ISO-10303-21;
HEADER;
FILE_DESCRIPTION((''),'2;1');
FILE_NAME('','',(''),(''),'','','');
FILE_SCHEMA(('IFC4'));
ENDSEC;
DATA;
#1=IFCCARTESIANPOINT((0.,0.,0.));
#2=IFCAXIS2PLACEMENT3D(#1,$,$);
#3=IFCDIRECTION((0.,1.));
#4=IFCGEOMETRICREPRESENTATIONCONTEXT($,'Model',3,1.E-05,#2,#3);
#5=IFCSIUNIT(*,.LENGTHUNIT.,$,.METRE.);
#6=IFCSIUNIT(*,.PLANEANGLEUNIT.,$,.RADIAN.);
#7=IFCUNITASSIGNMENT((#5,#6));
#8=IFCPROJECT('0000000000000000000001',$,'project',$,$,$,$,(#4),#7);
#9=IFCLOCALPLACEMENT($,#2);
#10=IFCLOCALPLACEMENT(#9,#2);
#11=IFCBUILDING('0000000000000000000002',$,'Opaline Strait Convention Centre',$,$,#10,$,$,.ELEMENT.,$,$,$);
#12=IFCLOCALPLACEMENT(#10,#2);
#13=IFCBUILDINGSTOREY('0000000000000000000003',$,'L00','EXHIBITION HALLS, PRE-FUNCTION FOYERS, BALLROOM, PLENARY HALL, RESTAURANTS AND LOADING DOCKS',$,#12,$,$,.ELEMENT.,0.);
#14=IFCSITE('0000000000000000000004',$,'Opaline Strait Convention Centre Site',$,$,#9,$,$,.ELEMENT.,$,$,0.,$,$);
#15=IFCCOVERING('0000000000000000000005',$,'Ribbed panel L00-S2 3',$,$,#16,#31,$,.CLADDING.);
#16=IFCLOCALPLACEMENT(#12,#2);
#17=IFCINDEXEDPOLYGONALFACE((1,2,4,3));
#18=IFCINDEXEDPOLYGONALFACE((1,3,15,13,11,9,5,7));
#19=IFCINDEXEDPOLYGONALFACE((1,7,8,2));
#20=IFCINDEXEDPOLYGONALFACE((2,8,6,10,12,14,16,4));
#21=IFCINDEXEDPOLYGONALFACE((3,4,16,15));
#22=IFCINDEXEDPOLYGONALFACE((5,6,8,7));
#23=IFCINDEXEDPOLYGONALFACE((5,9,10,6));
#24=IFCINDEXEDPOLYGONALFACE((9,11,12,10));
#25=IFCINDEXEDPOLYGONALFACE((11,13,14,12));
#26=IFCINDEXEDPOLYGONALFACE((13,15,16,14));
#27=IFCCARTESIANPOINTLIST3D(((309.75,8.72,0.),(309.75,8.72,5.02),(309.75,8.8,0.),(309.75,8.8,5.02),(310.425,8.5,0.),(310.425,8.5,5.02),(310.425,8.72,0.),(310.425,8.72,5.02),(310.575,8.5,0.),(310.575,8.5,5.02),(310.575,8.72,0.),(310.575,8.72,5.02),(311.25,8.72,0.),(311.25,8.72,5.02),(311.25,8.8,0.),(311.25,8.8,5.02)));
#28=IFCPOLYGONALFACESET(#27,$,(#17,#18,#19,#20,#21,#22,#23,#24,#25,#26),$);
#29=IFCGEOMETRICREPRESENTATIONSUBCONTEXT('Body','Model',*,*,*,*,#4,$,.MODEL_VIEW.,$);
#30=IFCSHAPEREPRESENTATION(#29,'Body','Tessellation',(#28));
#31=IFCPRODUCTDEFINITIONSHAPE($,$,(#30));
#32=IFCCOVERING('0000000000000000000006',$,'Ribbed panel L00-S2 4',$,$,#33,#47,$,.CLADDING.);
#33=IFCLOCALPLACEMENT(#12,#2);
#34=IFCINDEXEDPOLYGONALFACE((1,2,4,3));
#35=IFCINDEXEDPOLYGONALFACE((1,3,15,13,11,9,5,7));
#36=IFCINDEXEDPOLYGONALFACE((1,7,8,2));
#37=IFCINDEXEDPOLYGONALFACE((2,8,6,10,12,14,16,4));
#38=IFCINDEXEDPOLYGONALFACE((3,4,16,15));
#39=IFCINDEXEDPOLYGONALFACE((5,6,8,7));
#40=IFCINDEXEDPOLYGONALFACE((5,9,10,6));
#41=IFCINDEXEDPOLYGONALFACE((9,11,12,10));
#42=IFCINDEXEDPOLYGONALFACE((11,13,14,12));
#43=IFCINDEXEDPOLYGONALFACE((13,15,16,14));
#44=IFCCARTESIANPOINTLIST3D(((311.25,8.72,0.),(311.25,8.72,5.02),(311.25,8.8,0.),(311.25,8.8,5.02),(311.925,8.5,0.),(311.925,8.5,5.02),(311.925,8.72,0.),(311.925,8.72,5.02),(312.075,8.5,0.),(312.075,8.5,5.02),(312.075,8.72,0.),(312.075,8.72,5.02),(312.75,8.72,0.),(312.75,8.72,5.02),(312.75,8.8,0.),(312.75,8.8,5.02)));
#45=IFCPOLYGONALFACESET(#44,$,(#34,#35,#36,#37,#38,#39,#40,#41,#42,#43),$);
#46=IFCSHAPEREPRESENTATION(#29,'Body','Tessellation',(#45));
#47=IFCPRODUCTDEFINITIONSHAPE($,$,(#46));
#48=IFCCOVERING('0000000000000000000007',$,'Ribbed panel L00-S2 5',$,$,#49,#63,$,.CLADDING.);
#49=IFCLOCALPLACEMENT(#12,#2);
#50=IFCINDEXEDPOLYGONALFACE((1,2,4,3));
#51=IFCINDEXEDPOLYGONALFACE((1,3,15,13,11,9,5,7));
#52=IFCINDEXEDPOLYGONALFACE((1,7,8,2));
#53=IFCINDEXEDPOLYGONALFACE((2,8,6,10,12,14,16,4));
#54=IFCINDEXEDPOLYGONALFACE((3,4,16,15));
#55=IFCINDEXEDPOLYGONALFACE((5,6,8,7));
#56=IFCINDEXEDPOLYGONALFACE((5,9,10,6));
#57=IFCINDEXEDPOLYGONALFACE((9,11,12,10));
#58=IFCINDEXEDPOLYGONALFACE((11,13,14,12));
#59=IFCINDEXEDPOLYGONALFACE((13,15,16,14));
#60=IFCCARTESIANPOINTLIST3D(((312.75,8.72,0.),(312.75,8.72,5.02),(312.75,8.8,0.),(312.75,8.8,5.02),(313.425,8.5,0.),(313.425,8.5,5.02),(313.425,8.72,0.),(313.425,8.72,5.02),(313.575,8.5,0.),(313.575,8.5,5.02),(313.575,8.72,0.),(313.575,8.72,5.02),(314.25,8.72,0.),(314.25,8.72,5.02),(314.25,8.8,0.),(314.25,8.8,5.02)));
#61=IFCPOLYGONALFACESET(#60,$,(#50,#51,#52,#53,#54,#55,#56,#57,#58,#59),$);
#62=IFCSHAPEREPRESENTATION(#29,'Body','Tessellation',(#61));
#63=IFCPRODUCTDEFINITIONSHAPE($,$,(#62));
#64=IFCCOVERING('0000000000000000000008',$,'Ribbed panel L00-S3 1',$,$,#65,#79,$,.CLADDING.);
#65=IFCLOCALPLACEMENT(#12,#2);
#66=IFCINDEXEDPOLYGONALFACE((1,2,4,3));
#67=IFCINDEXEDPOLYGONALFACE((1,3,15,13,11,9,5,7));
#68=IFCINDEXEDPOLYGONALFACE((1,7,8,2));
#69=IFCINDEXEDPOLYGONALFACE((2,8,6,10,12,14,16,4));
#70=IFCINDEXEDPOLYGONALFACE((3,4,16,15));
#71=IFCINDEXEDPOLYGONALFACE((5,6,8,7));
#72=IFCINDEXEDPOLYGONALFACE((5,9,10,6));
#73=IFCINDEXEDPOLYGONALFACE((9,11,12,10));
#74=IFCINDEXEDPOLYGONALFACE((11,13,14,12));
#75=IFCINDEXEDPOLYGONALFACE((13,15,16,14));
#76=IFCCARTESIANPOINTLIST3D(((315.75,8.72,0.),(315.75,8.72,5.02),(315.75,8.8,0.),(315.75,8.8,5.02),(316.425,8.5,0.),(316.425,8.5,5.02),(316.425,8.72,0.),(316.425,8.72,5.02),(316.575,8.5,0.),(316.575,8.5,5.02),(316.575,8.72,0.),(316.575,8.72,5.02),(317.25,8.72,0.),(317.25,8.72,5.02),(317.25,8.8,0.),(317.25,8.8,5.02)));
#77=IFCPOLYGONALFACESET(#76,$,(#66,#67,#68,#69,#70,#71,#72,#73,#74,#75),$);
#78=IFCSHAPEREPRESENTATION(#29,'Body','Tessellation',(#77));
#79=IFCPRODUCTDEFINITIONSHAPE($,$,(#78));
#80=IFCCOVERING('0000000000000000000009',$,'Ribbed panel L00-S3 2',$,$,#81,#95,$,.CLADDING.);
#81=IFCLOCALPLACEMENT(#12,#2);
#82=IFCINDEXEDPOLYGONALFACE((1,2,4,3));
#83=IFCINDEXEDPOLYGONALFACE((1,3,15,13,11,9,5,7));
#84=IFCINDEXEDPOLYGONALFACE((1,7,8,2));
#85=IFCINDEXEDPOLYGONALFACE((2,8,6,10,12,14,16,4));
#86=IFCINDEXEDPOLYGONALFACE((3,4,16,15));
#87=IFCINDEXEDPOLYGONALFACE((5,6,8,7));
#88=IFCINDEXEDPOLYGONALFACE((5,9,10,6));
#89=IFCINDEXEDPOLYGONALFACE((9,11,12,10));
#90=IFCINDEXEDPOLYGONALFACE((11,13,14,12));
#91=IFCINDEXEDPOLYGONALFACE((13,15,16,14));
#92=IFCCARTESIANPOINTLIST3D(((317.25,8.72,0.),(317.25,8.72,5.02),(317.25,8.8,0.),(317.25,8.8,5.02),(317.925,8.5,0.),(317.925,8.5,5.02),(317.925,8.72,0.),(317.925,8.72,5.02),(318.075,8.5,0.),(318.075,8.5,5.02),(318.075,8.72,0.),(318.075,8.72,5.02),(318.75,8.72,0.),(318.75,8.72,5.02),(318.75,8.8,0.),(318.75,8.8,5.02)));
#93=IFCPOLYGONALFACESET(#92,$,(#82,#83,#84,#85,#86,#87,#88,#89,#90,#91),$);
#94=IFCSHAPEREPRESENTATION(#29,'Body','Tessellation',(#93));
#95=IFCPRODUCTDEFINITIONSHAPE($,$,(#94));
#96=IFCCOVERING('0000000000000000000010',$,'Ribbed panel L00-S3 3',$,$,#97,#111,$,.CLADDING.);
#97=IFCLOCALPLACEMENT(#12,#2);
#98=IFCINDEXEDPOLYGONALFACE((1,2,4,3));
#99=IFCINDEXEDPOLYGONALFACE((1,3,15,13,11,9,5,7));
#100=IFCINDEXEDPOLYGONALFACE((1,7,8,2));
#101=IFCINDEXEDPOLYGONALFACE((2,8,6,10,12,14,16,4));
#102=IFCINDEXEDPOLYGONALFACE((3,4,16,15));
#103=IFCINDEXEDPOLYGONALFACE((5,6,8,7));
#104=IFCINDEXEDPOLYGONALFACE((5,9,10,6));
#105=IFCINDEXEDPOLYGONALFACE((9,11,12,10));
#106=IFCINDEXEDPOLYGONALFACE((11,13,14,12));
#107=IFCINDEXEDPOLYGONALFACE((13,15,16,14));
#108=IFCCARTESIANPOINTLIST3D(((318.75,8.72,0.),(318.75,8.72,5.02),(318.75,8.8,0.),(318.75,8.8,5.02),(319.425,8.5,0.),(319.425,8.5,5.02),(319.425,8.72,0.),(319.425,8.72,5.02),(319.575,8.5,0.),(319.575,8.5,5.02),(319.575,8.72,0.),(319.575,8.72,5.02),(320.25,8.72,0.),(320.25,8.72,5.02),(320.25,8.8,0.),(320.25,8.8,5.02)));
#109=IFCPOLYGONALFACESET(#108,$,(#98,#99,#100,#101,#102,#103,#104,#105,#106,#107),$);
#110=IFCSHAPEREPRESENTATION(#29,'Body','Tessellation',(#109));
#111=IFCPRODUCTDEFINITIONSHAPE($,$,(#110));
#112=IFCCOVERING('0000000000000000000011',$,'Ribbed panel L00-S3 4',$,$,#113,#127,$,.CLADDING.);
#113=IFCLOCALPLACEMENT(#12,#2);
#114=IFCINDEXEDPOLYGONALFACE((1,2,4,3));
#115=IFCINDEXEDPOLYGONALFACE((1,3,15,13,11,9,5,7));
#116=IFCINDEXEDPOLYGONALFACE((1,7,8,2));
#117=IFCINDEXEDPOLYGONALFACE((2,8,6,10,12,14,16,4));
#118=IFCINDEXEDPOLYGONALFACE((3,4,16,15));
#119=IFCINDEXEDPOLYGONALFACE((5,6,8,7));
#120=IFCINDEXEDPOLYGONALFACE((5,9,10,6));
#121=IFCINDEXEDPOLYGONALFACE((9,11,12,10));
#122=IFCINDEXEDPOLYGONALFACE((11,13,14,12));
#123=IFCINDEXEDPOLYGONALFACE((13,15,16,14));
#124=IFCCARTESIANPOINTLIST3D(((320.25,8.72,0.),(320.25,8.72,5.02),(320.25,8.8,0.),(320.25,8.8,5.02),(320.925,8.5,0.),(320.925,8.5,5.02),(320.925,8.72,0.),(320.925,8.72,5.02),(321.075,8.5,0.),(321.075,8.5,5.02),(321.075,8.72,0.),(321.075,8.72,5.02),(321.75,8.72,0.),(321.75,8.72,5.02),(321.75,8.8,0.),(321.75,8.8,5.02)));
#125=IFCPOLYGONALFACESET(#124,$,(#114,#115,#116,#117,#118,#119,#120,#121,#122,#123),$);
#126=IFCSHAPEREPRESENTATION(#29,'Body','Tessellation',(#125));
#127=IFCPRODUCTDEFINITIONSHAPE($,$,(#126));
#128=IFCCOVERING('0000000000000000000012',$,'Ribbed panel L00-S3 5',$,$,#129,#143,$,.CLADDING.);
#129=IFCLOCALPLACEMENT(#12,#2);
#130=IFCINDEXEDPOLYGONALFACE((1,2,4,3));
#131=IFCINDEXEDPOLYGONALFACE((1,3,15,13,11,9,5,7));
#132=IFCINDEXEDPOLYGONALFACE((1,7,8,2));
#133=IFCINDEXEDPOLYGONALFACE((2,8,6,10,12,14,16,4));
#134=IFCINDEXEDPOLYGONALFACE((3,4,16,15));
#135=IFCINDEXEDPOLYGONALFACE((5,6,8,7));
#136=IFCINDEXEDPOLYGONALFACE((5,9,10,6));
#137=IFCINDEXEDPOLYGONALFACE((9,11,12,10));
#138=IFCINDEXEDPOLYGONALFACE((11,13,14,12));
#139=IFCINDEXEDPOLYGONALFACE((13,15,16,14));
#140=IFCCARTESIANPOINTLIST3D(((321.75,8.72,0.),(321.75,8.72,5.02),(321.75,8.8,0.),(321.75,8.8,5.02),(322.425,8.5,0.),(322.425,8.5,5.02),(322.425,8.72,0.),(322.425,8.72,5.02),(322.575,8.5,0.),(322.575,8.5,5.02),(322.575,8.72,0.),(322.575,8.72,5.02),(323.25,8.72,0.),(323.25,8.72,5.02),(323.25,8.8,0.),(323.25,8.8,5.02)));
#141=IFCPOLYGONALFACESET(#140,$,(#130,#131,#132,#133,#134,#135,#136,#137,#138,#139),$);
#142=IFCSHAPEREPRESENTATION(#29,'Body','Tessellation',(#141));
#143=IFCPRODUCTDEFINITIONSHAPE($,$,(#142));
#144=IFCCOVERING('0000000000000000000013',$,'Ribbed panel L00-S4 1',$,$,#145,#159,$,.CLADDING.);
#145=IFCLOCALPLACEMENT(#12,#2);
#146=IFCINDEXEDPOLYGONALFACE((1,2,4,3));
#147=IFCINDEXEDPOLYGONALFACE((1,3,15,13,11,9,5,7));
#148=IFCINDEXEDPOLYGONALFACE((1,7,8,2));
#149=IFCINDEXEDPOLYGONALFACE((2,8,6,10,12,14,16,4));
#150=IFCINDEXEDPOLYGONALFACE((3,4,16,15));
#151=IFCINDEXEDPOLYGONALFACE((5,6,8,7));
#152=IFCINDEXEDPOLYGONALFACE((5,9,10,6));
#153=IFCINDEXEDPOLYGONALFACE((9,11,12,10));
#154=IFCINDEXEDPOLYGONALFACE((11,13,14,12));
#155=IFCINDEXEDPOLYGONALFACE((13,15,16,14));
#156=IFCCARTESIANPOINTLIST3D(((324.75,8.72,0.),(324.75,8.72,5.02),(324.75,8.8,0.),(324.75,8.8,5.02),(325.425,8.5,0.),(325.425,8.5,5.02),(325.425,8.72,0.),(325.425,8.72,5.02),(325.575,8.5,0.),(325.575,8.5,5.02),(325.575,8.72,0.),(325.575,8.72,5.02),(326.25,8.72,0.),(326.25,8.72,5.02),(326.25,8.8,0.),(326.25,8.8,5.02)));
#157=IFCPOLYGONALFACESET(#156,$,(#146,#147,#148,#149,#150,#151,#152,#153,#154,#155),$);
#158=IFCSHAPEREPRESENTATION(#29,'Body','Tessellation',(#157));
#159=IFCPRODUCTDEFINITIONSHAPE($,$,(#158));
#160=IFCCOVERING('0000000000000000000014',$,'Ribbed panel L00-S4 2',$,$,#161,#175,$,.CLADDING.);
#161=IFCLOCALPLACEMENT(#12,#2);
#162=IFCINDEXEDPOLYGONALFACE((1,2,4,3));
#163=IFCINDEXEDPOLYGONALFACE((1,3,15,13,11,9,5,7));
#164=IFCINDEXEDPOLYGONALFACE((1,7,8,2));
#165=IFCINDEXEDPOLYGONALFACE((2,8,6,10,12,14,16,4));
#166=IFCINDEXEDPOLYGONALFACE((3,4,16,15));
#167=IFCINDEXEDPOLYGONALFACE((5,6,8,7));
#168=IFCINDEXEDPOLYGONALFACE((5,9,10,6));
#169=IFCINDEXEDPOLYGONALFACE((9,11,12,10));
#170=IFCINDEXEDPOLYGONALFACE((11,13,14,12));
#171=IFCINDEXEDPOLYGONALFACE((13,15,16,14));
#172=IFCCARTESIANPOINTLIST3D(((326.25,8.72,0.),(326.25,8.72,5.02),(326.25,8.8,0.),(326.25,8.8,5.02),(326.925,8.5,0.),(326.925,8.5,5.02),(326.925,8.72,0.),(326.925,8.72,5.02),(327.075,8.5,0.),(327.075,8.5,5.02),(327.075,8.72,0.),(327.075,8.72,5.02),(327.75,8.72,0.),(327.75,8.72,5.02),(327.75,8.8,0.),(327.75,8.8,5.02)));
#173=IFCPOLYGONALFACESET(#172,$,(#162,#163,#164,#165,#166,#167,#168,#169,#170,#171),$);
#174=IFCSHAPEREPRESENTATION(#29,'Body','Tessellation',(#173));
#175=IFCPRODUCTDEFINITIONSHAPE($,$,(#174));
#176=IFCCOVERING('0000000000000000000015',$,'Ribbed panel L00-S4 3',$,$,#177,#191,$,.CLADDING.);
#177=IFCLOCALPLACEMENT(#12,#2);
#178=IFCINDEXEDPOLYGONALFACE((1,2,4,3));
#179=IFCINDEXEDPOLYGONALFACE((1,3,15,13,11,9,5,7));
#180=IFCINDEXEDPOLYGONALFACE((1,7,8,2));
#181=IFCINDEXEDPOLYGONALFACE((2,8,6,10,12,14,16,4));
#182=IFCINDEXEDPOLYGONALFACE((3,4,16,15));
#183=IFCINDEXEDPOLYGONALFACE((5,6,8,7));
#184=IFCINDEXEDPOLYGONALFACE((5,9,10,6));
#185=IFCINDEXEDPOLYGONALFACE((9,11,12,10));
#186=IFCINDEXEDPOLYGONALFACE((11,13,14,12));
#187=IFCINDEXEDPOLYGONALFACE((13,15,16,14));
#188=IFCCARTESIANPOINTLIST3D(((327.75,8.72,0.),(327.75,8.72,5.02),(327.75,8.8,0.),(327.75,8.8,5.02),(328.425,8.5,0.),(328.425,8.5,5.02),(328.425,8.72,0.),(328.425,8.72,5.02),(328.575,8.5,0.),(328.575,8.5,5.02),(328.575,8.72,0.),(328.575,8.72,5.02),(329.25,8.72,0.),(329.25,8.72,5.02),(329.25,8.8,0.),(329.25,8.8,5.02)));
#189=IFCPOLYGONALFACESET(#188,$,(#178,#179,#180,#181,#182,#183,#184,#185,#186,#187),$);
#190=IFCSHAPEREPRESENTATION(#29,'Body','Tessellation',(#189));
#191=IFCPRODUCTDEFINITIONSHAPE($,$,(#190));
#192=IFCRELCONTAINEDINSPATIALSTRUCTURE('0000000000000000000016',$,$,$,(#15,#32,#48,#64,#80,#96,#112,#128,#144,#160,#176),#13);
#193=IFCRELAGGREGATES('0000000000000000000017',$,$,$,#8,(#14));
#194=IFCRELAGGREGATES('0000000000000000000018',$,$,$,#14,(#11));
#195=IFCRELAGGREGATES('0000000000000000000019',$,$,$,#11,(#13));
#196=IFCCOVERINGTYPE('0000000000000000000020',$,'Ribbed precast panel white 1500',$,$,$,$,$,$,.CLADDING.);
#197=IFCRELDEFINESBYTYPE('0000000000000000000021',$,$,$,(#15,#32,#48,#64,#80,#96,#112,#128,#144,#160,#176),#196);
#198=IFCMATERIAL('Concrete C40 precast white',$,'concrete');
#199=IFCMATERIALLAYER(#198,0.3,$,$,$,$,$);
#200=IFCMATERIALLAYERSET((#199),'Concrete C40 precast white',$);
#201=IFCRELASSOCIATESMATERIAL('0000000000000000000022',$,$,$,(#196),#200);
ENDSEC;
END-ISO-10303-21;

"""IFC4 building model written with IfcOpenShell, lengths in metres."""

from ifc_helpers import new_model, si_unit, direction, origin, place, context, subcontext, project, spatial, polyline, outline, extrude, material, layer, layer_set, type_object, element, save


model = new_model("IFC4")

# Units and contexts
model_context = context("Model", 3, precision=1e-05, world=origin(), true_north=direction((0.0, 1.0)))
body_context = subcontext(model_context, "Body", "Model", "MODEL_VIEW")
ifc_project = project(units=[si_unit("LENGTHUNIT", "METRE"), si_unit("PLANEANGLEUNIT", "RADIAN")], contexts=[model_context])

# Site, building, storey
site_placement = place(None, origin())
site = spatial("IfcSite", under=ifc_project, at=site_placement, Name="Opaline Strait Convention Centre Site", CompositionType="ELEMENT", RefElevation=0.0)
building_placement = place(site_placement, origin())
building = spatial("IfcBuilding", under=site, at=building_placement, Name="Opaline Strait Convention Centre", CompositionType="ELEMENT")
storey_placement = place(building_placement, origin())
storey = spatial("IfcBuildingStorey", under=building, at=storey_placement, Name="L00", Description="EXHIBITION HALLS, PRE-FUNCTION FOYERS, BALLROOM, PLENARY HALL, RESTAURANTS AND LOADING DOCKS", CompositionType="ELEMENT", Elevation=0.0)

# Coverings
ifc_material = material(Name="Concrete C40 precast white", Category="concrete")
ifc_layer = layer(ifc_material, 0.3)
ifc_layer_set = layer_set([ifc_layer], Name="Concrete C40 precast white")
covering_type = type_object("IfcCoveringType", Name="Ribbed precast panel white 1500", PredefinedType="CLADDING", material=ifc_layer_set)
covering_1_placement = place(storey_placement, origin())
element("IfcCovering", 1, at=covering_1_placement, inside=storey, type_object=covering_type, Name="Ribbed panel L00-S2 3", PredefinedType="CLADDING", context=body_context, shape_type="SweptSolid", body=[
    extrude(outline(polyline([(309.75, 8.8), (311.25, 8.8), (311.25, 8.72), (310.575, 8.72), (310.575, 8.5), (310.425, 8.5), (310.425, 8.72), (309.75, 8.72), (309.75, 8.8)])), origin(), (0.0, 0.0, 1.0), 5.02),
])
covering_2_placement = place(storey_placement, origin())
element("IfcCovering", 2, at=covering_2_placement, inside=storey, type_object=covering_type, Name="Ribbed panel L00-S2 4", PredefinedType="CLADDING", context=body_context, shape_type="SweptSolid", body=[
    extrude(outline(polyline([(311.25, 8.8), (312.75, 8.8), (312.75, 8.72), (312.075, 8.72), (312.075, 8.5), (311.925, 8.5), (311.925, 8.72), (311.25, 8.72), (311.25, 8.8)])), origin(), (0.0, 0.0, 1.0), 5.02),
])
covering_3_placement = place(storey_placement, origin())
element("IfcCovering", 3, at=covering_3_placement, inside=storey, type_object=covering_type, Name="Ribbed panel L00-S2 5", PredefinedType="CLADDING", context=body_context, shape_type="SweptSolid", body=[
    extrude(outline(polyline([(312.75, 8.8), (314.25, 8.8), (314.25, 8.72), (313.575, 8.72), (313.575, 8.5), (313.425, 8.5), (313.425, 8.72), (312.75, 8.72), (312.75, 8.8)])), origin(), (0.0, 0.0, 1.0), 5.02),
])
covering_4_placement = place(storey_placement, origin())
element("IfcCovering", 4, at=covering_4_placement, inside=storey, type_object=covering_type, Name="Ribbed panel L00-S3 1", PredefinedType="CLADDING", context=body_context, shape_type="SweptSolid", body=[
    extrude(outline(polyline([(315.75, 8.8), (317.25, 8.8), (317.25, 8.72), (316.575, 8.72), (316.575, 8.5), (316.425, 8.5), (316.425, 8.72), (315.75, 8.72), (315.75, 8.8)])), origin(), (0.0, 0.0, 1.0), 5.02),
])
covering_5_placement = place(storey_placement, origin())
element("IfcCovering", 5, at=covering_5_placement, inside=storey, type_object=covering_type, Name="Ribbed panel L00-S3 2", PredefinedType="CLADDING", context=body_context, shape_type="SweptSolid", body=[
    extrude(outline(polyline([(317.25, 8.8), (318.75, 8.8), (318.75, 8.72), (318.075, 8.72), (318.075, 8.5), (317.925, 8.5), (317.925, 8.72), (317.25, 8.72), (317.25, 8.8)])), origin(), (0.0, 0.0, 1.0), 5.02),
])
covering_6_placement = place(storey_placement, origin())
element("IfcCovering", 6, at=covering_6_placement, inside=storey, type_object=covering_type, Name="Ribbed panel L00-S3 3", PredefinedType="CLADDING", context=body_context, shape_type="SweptSolid", body=[
    extrude(outline(polyline([(318.75, 8.8), (320.25, 8.8), (320.25, 8.72), (319.575, 8.72), (319.575, 8.5), (319.425, 8.5), (319.425, 8.72), (318.75, 8.72), (318.75, 8.8)])), origin(), (0.0, 0.0, 1.0), 5.02),
])
covering_7_placement = place(storey_placement, origin())
element("IfcCovering", 7, at=covering_7_placement, inside=storey, type_object=covering_type, Name="Ribbed panel L00-S3 4", PredefinedType="CLADDING", context=body_context, shape_type="SweptSolid", body=[
    extrude(outline(polyline([(320.25, 8.8), (321.75, 8.8), (321.75, 8.72), (321.075, 8.72), (321.075, 8.5), (320.925, 8.5), (320.925, 8.72), (320.25, 8.72), (320.25, 8.8)])), origin(), (0.0, 0.0, 1.0), 5.02),
])
covering_8_placement = place(storey_placement, origin())
element("IfcCovering", 8, at=covering_8_placement, inside=storey, type_object=covering_type, Name="Ribbed panel L00-S3 5", PredefinedType="CLADDING", context=body_context, shape_type="SweptSolid", body=[
    extrude(outline(polyline([(321.75, 8.8), (323.25, 8.8), (323.25, 8.72), (322.575, 8.72), (322.575, 8.5), (322.425, 8.5), (322.425, 8.72), (321.75, 8.72), (321.75, 8.8)])), origin(), (0.0, 0.0, 1.0), 5.02),
])
covering_9_placement = place(storey_placement, origin())
element("IfcCovering", 9, at=covering_9_placement, inside=storey, type_object=covering_type, Name="Ribbed panel L00-S4 1", PredefinedType="CLADDING", context=body_context, shape_type="SweptSolid", body=[
    extrude(outline(polyline([(324.75, 8.8), (326.25, 8.8), (326.25, 8.72), (325.575, 8.72), (325.575, 8.5), (325.425, 8.5), (325.425, 8.72), (324.75, 8.72), (324.75, 8.8)])), origin(), (0.0, 0.0, 1.0), 5.02),
])
covering_10_placement = place(storey_placement, origin())
element("IfcCovering", 10, at=covering_10_placement, inside=storey, type_object=covering_type, Name="Ribbed panel L00-S4 2", PredefinedType="CLADDING", context=body_context, shape_type="SweptSolid", body=[
    extrude(outline(polyline([(326.25, 8.8), (327.75, 8.8), (327.75, 8.72), (327.075, 8.72), (327.075, 8.5), (326.925, 8.5), (326.925, 8.72), (326.25, 8.72), (326.25, 8.8)])), origin(), (0.0, 0.0, 1.0), 5.02),
])
covering_11_placement = place(storey_placement, origin())
element("IfcCovering", 11, at=covering_11_placement, inside=storey, type_object=covering_type, Name="Ribbed panel L00-S4 3", PredefinedType="CLADDING", context=body_context, shape_type="SweptSolid", body=[
    extrude(outline(polyline([(327.75, 8.8), (329.25, 8.8), (329.25, 8.72), (328.575, 8.72), (328.575, 8.5), (328.425, 8.5), (328.425, 8.72), (327.75, 8.72), (327.75, 8.8)])), origin(), (0.0, 0.0, 1.0), 5.02),
])

save(model, "model.ifc")
